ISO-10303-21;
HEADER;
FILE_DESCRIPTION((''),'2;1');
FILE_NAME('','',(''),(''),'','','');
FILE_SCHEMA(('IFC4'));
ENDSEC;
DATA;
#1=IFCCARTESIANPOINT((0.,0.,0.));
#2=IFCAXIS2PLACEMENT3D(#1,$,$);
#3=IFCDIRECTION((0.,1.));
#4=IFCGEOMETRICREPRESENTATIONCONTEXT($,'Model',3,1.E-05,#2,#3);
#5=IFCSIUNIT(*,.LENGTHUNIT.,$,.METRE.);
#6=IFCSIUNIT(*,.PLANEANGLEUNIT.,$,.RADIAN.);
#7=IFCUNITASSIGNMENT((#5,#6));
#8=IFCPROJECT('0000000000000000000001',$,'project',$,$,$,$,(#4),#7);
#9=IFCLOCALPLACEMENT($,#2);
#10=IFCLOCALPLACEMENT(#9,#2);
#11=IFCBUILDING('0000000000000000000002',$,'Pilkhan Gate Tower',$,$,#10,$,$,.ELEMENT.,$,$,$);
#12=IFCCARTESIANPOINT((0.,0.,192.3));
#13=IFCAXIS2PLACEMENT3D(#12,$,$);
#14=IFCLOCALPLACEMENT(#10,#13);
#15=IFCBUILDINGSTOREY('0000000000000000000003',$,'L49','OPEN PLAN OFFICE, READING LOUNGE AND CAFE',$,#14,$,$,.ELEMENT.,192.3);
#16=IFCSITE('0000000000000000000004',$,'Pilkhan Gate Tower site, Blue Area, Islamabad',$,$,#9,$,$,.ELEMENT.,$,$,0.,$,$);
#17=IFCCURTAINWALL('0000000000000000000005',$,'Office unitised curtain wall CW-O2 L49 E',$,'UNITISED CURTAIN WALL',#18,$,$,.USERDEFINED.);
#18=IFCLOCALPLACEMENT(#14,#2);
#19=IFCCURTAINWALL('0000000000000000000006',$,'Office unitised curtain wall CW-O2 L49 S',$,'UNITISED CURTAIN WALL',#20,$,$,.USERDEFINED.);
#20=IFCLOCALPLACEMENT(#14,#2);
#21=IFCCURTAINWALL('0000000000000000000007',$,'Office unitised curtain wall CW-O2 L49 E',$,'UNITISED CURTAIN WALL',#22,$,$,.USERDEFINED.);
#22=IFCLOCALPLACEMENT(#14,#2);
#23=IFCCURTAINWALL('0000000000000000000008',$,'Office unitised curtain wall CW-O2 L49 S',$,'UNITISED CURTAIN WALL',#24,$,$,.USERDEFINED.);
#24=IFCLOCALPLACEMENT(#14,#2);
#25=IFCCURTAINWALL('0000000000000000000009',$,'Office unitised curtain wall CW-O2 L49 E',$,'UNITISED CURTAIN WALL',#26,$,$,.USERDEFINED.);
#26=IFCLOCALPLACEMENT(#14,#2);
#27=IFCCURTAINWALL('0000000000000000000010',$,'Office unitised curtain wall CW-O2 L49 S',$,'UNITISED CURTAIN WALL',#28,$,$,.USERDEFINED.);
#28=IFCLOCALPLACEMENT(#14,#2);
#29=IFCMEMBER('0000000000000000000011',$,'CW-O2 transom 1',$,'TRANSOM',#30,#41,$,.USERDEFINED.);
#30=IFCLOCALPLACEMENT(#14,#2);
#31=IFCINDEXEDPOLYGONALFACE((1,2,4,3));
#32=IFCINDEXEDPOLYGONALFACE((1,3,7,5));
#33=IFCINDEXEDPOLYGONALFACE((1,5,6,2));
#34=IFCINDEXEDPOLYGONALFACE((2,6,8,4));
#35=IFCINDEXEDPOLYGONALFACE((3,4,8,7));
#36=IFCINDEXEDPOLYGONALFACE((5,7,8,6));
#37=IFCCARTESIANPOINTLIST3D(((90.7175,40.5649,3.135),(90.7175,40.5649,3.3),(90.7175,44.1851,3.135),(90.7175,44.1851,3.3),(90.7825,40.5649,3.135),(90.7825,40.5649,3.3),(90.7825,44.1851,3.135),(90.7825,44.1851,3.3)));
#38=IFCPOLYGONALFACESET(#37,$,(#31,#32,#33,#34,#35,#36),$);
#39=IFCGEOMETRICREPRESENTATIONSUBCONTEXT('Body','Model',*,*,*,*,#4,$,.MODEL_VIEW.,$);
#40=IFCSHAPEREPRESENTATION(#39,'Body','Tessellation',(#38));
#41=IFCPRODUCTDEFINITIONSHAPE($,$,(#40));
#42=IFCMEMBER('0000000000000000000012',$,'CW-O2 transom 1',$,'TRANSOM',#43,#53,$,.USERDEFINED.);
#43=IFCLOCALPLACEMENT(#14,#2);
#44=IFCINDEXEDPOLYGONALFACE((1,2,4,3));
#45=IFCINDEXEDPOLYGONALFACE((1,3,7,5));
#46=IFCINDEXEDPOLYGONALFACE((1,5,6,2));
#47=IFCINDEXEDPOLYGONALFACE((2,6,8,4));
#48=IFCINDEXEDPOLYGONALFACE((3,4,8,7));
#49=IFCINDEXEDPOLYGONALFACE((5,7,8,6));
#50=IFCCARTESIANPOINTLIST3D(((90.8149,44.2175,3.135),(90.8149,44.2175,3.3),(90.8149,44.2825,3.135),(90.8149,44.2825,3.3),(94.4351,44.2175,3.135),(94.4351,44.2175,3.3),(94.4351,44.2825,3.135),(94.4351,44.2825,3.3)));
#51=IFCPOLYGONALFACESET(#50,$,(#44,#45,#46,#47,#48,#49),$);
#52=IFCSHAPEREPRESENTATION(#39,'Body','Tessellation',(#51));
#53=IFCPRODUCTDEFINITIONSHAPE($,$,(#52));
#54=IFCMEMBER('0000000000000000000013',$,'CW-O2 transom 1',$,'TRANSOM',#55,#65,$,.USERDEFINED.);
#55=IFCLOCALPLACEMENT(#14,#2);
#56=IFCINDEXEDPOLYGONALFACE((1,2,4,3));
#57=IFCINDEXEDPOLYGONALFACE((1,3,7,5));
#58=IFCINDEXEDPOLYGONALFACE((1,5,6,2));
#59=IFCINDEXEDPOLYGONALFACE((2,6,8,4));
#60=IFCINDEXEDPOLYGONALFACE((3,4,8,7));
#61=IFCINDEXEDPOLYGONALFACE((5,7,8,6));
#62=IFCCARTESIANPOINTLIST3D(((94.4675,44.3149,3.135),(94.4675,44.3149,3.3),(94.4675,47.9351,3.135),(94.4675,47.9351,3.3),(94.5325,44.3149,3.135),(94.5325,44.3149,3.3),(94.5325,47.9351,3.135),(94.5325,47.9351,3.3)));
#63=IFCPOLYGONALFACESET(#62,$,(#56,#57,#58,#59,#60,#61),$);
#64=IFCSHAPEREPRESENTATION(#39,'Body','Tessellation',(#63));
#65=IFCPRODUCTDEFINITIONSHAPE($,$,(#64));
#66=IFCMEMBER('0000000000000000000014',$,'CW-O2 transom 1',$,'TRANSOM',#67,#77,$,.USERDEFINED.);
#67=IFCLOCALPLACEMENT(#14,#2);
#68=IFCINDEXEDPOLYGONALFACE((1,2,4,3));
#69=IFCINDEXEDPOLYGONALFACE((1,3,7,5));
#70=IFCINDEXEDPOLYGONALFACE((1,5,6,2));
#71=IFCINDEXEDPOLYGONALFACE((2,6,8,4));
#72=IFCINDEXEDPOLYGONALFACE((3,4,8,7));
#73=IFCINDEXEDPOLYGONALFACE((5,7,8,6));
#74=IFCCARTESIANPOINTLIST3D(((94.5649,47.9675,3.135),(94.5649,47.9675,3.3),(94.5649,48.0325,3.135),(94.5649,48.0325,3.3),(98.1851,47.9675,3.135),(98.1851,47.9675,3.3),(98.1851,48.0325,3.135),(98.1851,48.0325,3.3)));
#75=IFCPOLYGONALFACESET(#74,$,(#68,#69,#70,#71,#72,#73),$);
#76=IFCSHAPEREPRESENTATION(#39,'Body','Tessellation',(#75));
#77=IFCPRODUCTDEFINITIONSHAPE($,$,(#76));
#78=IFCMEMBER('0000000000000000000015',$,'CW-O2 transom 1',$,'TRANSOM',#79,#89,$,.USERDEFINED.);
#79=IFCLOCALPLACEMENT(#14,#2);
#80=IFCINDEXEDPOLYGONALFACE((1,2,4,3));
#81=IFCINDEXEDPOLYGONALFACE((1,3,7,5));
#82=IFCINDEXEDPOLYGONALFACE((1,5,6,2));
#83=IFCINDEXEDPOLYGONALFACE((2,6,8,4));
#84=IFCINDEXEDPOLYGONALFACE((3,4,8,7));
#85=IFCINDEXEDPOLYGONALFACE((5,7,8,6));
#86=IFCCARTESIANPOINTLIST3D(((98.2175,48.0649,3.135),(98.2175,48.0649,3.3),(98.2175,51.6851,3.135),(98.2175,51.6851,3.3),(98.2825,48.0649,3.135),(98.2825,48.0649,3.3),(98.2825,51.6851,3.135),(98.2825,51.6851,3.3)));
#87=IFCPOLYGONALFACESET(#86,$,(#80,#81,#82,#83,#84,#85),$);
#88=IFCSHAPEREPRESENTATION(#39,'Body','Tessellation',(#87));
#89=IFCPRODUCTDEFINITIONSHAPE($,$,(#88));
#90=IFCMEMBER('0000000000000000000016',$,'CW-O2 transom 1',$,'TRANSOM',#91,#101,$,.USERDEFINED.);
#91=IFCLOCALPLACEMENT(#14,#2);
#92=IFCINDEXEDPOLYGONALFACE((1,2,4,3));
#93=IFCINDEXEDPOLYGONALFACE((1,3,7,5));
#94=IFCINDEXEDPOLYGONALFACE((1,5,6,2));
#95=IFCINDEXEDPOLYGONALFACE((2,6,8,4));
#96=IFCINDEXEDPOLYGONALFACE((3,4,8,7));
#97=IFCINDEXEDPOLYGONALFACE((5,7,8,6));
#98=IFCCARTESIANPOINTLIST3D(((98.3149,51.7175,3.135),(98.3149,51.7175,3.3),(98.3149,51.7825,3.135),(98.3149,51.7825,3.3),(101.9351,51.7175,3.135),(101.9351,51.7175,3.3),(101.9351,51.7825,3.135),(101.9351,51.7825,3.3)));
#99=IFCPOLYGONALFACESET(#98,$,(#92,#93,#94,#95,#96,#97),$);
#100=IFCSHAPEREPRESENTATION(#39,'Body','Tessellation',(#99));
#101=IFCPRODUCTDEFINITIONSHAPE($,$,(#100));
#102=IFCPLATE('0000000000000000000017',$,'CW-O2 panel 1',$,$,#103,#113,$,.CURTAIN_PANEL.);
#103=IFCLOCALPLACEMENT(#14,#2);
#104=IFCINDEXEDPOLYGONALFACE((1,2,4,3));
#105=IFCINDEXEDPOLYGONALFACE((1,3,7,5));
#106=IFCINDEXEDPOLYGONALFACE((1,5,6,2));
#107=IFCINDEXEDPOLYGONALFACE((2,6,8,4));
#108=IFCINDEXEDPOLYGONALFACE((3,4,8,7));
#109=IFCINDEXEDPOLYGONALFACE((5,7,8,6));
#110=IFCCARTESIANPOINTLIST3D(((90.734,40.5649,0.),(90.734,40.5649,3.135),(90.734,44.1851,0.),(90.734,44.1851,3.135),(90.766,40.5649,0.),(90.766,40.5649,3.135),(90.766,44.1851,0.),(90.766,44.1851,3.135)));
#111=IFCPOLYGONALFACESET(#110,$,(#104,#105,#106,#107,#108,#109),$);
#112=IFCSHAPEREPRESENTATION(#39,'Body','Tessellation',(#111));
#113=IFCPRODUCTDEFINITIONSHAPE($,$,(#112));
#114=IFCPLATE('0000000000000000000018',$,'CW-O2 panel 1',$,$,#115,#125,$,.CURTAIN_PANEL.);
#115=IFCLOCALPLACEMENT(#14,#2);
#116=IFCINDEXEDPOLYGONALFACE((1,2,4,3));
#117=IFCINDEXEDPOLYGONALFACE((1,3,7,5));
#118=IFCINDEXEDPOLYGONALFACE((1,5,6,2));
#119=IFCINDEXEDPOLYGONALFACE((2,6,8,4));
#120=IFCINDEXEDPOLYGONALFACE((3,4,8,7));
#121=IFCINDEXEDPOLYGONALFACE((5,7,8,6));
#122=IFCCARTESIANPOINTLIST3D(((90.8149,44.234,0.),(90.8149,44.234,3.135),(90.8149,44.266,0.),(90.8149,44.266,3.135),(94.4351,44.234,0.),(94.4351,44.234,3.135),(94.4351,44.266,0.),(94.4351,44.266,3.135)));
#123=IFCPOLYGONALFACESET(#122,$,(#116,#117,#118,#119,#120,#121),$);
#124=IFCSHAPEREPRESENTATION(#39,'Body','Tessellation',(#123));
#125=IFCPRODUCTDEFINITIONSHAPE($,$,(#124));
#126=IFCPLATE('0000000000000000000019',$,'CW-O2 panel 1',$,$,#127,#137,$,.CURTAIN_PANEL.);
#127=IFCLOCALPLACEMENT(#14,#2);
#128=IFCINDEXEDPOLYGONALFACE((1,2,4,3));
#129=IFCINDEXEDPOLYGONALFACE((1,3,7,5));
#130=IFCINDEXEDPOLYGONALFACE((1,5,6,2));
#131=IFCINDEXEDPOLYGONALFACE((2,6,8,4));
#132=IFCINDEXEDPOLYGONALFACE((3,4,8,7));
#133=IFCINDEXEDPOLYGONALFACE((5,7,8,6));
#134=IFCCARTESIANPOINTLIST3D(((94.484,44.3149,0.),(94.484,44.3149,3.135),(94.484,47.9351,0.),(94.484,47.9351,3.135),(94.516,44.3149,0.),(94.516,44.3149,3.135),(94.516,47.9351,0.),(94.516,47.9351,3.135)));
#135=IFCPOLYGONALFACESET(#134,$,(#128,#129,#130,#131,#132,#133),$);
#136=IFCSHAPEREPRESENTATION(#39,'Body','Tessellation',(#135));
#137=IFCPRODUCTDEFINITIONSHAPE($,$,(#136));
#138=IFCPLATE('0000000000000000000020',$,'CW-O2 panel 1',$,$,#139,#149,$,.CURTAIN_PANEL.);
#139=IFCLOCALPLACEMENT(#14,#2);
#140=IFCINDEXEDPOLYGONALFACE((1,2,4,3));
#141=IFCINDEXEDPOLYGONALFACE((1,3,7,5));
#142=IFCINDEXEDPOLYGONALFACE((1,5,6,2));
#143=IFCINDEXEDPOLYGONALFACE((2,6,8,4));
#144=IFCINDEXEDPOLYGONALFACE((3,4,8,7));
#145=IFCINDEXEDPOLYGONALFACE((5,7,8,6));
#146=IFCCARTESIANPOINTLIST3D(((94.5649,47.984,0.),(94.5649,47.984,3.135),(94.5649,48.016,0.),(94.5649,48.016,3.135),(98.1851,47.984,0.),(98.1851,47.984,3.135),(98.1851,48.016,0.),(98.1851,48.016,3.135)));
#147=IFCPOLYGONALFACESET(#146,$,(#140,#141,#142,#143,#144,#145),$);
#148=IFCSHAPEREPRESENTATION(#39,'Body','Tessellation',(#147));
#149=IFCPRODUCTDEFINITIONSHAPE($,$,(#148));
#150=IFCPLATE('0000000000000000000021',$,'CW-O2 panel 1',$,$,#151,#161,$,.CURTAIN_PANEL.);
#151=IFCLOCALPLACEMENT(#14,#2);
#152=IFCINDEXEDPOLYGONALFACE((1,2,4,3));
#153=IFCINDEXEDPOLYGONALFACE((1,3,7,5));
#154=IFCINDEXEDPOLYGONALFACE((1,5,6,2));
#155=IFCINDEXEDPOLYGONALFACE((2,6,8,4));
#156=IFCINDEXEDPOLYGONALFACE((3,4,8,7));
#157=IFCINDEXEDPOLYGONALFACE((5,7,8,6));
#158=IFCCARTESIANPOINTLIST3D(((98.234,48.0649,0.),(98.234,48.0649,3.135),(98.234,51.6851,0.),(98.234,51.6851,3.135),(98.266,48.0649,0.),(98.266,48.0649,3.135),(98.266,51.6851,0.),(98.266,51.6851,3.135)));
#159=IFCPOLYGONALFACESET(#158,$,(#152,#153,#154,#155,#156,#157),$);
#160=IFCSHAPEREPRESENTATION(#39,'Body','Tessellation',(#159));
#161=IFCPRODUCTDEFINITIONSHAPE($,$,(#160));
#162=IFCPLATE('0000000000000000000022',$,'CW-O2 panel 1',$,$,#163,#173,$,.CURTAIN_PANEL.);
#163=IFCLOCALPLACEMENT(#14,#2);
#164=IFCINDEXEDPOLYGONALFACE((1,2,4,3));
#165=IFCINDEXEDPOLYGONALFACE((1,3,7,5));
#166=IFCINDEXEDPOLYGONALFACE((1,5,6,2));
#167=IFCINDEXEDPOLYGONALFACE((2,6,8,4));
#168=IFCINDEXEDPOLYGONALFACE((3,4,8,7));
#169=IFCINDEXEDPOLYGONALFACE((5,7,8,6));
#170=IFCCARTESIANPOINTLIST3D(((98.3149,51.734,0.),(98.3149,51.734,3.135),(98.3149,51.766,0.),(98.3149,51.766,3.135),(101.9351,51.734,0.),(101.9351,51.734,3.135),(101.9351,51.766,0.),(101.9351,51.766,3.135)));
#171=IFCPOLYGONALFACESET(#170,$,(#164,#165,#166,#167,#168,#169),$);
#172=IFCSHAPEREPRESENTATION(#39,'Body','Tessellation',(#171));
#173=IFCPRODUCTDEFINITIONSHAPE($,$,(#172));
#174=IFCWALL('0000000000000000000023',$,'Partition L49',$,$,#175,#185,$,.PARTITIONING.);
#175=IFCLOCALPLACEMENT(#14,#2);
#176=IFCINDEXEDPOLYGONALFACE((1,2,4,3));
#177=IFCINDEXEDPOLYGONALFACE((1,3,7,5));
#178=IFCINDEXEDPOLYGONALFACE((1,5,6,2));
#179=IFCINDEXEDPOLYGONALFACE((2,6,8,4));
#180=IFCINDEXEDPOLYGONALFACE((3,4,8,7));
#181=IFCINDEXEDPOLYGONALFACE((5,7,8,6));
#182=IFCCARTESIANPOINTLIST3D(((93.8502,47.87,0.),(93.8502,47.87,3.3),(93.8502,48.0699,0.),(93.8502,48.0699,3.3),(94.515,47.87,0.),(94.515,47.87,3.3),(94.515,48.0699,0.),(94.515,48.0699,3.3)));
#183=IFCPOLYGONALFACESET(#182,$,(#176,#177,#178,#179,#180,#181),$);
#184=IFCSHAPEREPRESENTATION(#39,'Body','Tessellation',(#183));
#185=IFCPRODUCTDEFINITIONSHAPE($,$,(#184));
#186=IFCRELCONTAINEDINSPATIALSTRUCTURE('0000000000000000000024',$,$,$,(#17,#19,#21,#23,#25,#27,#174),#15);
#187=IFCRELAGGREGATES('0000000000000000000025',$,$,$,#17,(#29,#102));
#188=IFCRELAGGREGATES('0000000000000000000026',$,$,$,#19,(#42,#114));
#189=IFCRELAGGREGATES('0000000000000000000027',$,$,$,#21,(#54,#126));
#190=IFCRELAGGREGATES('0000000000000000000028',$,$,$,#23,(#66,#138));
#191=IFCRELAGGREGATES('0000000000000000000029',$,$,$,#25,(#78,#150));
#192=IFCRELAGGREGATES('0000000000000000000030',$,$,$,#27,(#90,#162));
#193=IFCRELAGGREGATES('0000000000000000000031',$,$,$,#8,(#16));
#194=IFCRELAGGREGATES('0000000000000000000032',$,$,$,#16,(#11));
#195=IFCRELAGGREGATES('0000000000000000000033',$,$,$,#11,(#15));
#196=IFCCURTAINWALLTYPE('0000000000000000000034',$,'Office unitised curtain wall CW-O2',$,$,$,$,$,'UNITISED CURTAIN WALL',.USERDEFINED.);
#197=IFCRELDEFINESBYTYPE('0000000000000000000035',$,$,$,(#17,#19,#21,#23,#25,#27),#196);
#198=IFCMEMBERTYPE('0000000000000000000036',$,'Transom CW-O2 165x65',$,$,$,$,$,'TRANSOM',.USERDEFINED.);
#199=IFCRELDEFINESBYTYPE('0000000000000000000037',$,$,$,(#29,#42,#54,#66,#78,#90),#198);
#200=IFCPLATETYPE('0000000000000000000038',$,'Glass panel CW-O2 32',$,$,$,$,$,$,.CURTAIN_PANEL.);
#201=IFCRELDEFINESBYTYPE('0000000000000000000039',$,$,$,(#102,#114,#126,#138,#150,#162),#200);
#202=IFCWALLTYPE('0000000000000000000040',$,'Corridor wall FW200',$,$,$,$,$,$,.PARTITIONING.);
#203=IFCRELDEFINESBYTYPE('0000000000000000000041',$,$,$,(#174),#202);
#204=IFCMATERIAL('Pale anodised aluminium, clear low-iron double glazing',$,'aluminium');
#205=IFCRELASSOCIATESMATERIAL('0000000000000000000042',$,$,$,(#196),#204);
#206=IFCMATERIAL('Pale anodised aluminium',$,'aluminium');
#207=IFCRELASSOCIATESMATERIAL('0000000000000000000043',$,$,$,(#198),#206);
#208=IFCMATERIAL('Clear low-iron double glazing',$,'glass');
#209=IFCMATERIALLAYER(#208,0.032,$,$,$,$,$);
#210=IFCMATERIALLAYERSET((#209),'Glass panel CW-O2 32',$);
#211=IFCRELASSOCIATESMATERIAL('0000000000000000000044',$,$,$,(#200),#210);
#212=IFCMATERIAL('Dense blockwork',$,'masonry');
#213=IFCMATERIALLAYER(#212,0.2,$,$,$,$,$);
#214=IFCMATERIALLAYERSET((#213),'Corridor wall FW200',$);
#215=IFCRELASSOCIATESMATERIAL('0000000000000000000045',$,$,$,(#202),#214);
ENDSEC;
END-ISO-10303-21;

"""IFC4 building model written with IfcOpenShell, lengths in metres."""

from ifc_helpers import new_model, si_unit, direction, frame, frame_2d, origin, origin_2d, place, context, subcontext, project, spatial, rectangle, extrude, material, layer, layer_set, material_profile, profile_set, type_object, element, aggregate, save


model = new_model("IFC4")

# Units and contexts
model_context = context("Model", 3, precision=1e-05, world=origin(), true_north=direction((0.0, 1.0)))
body_context = subcontext(model_context, "Body", "Model", "MODEL_VIEW")
ifc_project = project(units=[si_unit("LENGTHUNIT", "METRE"), si_unit("PLANEANGLEUNIT", "RADIAN")], contexts=[model_context])

# Site, building, storey
site_placement = place(None, origin())
site = spatial("IfcSite", under=ifc_project, at=site_placement, Name="Pilkhan Gate Tower site, Blue Area, Islamabad", CompositionType="ELEMENT", RefElevation=0.0)
building_placement = place(site_placement, origin())
building = spatial("IfcBuilding", under=site, at=building_placement, Name="Pilkhan Gate Tower", CompositionType="ELEMENT")
storey_placement = place(building_placement, frame((0.0, 0.0, 192.3)))
storey = spatial("IfcBuildingStorey", under=building, at=storey_placement, Name="L49", Description="OPEN PLAN OFFICE, READING LOUNGE AND CAFE", CompositionType="ELEMENT", Elevation=192.3)

# Curtain wall
ifc_material_1 = material(Name="Pale anodised aluminium, clear low-iron double glazing", Category="aluminium")
curtain_wall_type = type_object("IfcCurtainWallType", Name="Office unitised curtain wall CW-O2", ElementType="UNITISED CURTAIN WALL", PredefinedType="USERDEFINED", material=ifc_material_1)
ifc_material_2 = material(Name="Pale anodised aluminium", Category="aluminium")
curtain_wall_1_placement = place(storey_placement, origin())
curtain_wall_1 = element("IfcCurtainWall", 1, at=curtain_wall_1_placement, inside=storey, type_object=curtain_wall_type, Name="Office unitised curtain wall CW-O2 L49 E", ObjectType="UNITISED CURTAIN WALL", PredefinedType="USERDEFINED")

# Curtain walls
curtain_wall_2_placement = place(storey_placement, origin())
curtain_wall_2 = element("IfcCurtainWall", 2, at=curtain_wall_2_placement, inside=storey, type_object=curtain_wall_type, Name="Office unitised curtain wall CW-O2 L49 S", ObjectType="UNITISED CURTAIN WALL", PredefinedType="USERDEFINED")
curtain_wall_3_placement = place(storey_placement, origin())
curtain_wall_3 = element("IfcCurtainWall", 3, at=curtain_wall_3_placement, inside=storey, type_object=curtain_wall_type, Name="Office unitised curtain wall CW-O2 L49 E", ObjectType="UNITISED CURTAIN WALL", PredefinedType="USERDEFINED")
curtain_wall_4_placement = place(storey_placement, origin())
curtain_wall_4 = element("IfcCurtainWall", 4, at=curtain_wall_4_placement, inside=storey, type_object=curtain_wall_type, Name="Office unitised curtain wall CW-O2 L49 S", ObjectType="UNITISED CURTAIN WALL", PredefinedType="USERDEFINED")
curtain_wall_5_placement = place(storey_placement, origin())
curtain_wall_5 = element("IfcCurtainWall", 5, at=curtain_wall_5_placement, inside=storey, type_object=curtain_wall_type, Name="Office unitised curtain wall CW-O2 L49 E", ObjectType="UNITISED CURTAIN WALL", PredefinedType="USERDEFINED")
curtain_wall_6_placement = place(storey_placement, origin())
curtain_wall_6 = element("IfcCurtainWall", 6, at=curtain_wall_6_placement, inside=storey, type_object=curtain_wall_type, Name="Office unitised curtain wall CW-O2 L49 S", ObjectType="UNITISED CURTAIN WALL", PredefinedType="USERDEFINED")

# Members
ifc_material_profile_1 = material_profile(ifc_material_2, rectangle(XDim=0.0649, YDim=0.165, at=origin_2d()), Name="Transom 165x65")
ifc_profile_set_1 = profile_set([ifc_material_profile_1], Name="Pale anodised aluminium")
member_type_1 = type_object("IfcMemberType", Name="Transom CW-O2 165x65", ElementType="TRANSOM", PredefinedType="USERDEFINED", material=ifc_profile_set_1)
member_1_placement = place(storey_placement, frame((90.75, 40.5649, 3.2175), z_axis=(0.0, 1.0, 0.0), x_axis=(-1.0, 0.0, 0.0)))
member_1 = element("IfcMember", 7, at=member_1_placement, type_object=member_type_1, Name="CW-O2 transom 1", ObjectType="TRANSOM", PredefinedType="USERDEFINED", context=body_context, shape_type="SweptSolid", body=[
    extrude(rectangle(XDim=0.0649, YDim=0.165, at=origin_2d()), origin(), (0.0, 0.0, 1.0), 3.6201),
])
member_2_placement = place(storey_placement, frame((90.8149, 44.25, 3.2175), z_axis=(1.0, 0.0, 0.0), x_axis=(0.0, 1.0, 0.0)))
member_2 = element("IfcMember", 8, at=member_2_placement, type_object=member_type_1, Name="CW-O2 transom 1", ObjectType="TRANSOM", PredefinedType="USERDEFINED", context=body_context, shape_type="SweptSolid", body=[
    extrude(rectangle(XDim=0.0649, YDim=0.165, at=origin_2d()), origin(), (0.0, 0.0, 1.0), 3.6201),
])
member_3_placement = place(storey_placement, frame((94.5, 44.3149, 3.2175), z_axis=(0.0, 1.0, 0.0), x_axis=(-1.0, 0.0, 0.0)))
member_3 = element("IfcMember", 9, at=member_3_placement, type_object=member_type_1, Name="CW-O2 transom 1", ObjectType="TRANSOM", PredefinedType="USERDEFINED", context=body_context, shape_type="SweptSolid", body=[
    extrude(rectangle(XDim=0.0649, YDim=0.165, at=origin_2d()), origin(), (0.0, 0.0, 1.0), 3.6201),
])
member_4_placement = place(storey_placement, frame((94.5649, 48.0, 3.2175), z_axis=(1.0, 0.0, 0.0), x_axis=(0.0, 1.0, 0.0)))
member_4 = element("IfcMember", 10, at=member_4_placement, type_object=member_type_1, Name="CW-O2 transom 1", ObjectType="TRANSOM", PredefinedType="USERDEFINED", context=body_context, shape_type="SweptSolid", body=[
    extrude(rectangle(XDim=0.0649, YDim=0.165, at=origin_2d()), origin(), (0.0, 0.0, 1.0), 3.6201),
])
member_5_placement = place(storey_placement, frame((98.25, 48.0649, 3.2175), z_axis=(0.0, 1.0, 0.0), x_axis=(-1.0, 0.0, 0.0)))
member_5 = element("IfcMember", 11, at=member_5_placement, type_object=member_type_1, Name="CW-O2 transom 1", ObjectType="TRANSOM", PredefinedType="USERDEFINED", context=body_context, shape_type="SweptSolid", body=[
    extrude(rectangle(XDim=0.0649, YDim=0.165, at=origin_2d()), origin(), (0.0, 0.0, 1.0), 3.6201),
])
member_6_placement = place(storey_placement, frame((98.3149, 51.75, 3.2175), z_axis=(1.0, 0.0, 0.0), x_axis=(0.0, 1.0, 0.0)))
member_6 = element("IfcMember", 12, at=member_6_placement, type_object=member_type_1, Name="CW-O2 transom 1", ObjectType="TRANSOM", PredefinedType="USERDEFINED", context=body_context, shape_type="SweptSolid", body=[
    extrude(rectangle(XDim=0.0649, YDim=0.165, at=origin_2d()), origin(), (0.0, 0.0, 1.0), 3.6201),
])

# Plates
ifc_material_3 = material(Name="Clear low-iron double glazing", Category="glass")
ifc_layer_1 = layer(ifc_material_3, 0.032)
ifc_layer_set_1 = layer_set([ifc_layer_1], Name="Glass panel CW-O2 32")
plate_type = type_object("IfcPlateType", Name="Glass panel CW-O2 32", PredefinedType="CURTAIN_PANEL", material=ifc_layer_set_1)
plate_1_placement = place(storey_placement, frame((90.75, 42.375, 0.0), z_axis=(0.0, 0.0, 1.0), x_axis=(0.0, 1.0, 0.0)))
plate_1 = element("IfcPlate", 13, at=plate_1_placement, type_object=plate_type, Name="CW-O2 panel 1", PredefinedType="CURTAIN_PANEL", context=body_context, shape_type="SweptSolid", body=[
    extrude(rectangle(XDim=3.6201, YDim=0.032, at=origin_2d()), origin(), (0.0, 0.0, 1.0), 3.135),
])
aggregate(curtain_wall_1, [member_1, plate_1])
plate_2_placement = place(storey_placement, frame((92.625, 44.25, 0.0), z_axis=(0.0, 0.0, 1.0), x_axis=(1.0, 0.0, 0.0)))
plate_2 = element("IfcPlate", 14, at=plate_2_placement, type_object=plate_type, Name="CW-O2 panel 1", PredefinedType="CURTAIN_PANEL", context=body_context, shape_type="SweptSolid", body=[
    extrude(rectangle(XDim=3.6201, YDim=0.032, at=origin_2d()), origin(), (0.0, 0.0, 1.0), 3.135),
])
aggregate(curtain_wall_2, [member_2, plate_2])
plate_3_placement = place(storey_placement, frame((94.5, 46.125, 0.0), z_axis=(0.0, 0.0, 1.0), x_axis=(0.0, 1.0, 0.0)))
plate_3 = element("IfcPlate", 15, at=plate_3_placement, type_object=plate_type, Name="CW-O2 panel 1", PredefinedType="CURTAIN_PANEL", context=body_context, shape_type="SweptSolid", body=[
    extrude(rectangle(XDim=3.6201, YDim=0.032, at=origin_2d()), origin(), (0.0, 0.0, 1.0), 3.135),
])
aggregate(curtain_wall_3, [member_3, plate_3])
plate_4_placement = place(storey_placement, frame((96.375, 48.0, 0.0), z_axis=(0.0, 0.0, 1.0), x_axis=(1.0, 0.0, 0.0)))
plate_4 = element("IfcPlate", 16, at=plate_4_placement, type_object=plate_type, Name="CW-O2 panel 1", PredefinedType="CURTAIN_PANEL", context=body_context, shape_type="SweptSolid", body=[
    extrude(rectangle(XDim=3.6201, YDim=0.032, at=origin_2d()), origin(), (0.0, 0.0, 1.0), 3.135),
])
aggregate(curtain_wall_4, [member_4, plate_4])
plate_5_placement = place(storey_placement, frame((98.25, 49.875, 0.0), z_axis=(0.0, 0.0, 1.0), x_axis=(0.0, 1.0, 0.0)))
plate_5 = element("IfcPlate", 17, at=plate_5_placement, type_object=plate_type, Name="CW-O2 panel 1", PredefinedType="CURTAIN_PANEL", context=body_context, shape_type="SweptSolid", body=[
    extrude(rectangle(XDim=3.6201, YDim=0.032, at=origin_2d()), origin(), (0.0, 0.0, 1.0), 3.135),
])
aggregate(curtain_wall_5, [member_5, plate_5])
plate_6_placement = place(storey_placement, frame((100.125, 51.75, 0.0), z_axis=(0.0, 0.0, 1.0), x_axis=(1.0, 0.0, 0.0)))
plate_6 = element("IfcPlate", 18, at=plate_6_placement, type_object=plate_type, Name="CW-O2 panel 1", PredefinedType="CURTAIN_PANEL", context=body_context, shape_type="SweptSolid", body=[
    extrude(rectangle(XDim=3.6201, YDim=0.032, at=origin_2d()), origin(), (0.0, 0.0, 1.0), 3.135),
])
aggregate(curtain_wall_6, [member_6, plate_6])

# Wall
ifc_material_4 = material(Name="Dense blockwork", Category="masonry")
ifc_layer_2 = layer(ifc_material_4, 0.2)
ifc_layer_set_2 = layer_set([ifc_layer_2], Name="Corridor wall FW200")
wall_type = type_object("IfcWallType", Name="Corridor wall FW200", PredefinedType="PARTITIONING", material=ifc_layer_set_2)
wall_1_placement = place(storey_placement, frame((93.8501, 47.97, 0.0), z_axis=(0.0, 0.0, 1.0), x_axis=(1.0, 0.0, 0.0)))
element("IfcWall", 19, at=wall_1_placement, inside=storey, type_object=wall_type, Name="Partition L49", PredefinedType="PARTITIONING", context=body_context, shape_type="SweptSolid", body=[
    extrude(rectangle(XDim=0.6648, YDim=0.2, at=frame_2d((0.3325, 0.0))), origin(), (0.0, 0.0, 1.0), 3.3),
])

save(model, "model.ifc")
